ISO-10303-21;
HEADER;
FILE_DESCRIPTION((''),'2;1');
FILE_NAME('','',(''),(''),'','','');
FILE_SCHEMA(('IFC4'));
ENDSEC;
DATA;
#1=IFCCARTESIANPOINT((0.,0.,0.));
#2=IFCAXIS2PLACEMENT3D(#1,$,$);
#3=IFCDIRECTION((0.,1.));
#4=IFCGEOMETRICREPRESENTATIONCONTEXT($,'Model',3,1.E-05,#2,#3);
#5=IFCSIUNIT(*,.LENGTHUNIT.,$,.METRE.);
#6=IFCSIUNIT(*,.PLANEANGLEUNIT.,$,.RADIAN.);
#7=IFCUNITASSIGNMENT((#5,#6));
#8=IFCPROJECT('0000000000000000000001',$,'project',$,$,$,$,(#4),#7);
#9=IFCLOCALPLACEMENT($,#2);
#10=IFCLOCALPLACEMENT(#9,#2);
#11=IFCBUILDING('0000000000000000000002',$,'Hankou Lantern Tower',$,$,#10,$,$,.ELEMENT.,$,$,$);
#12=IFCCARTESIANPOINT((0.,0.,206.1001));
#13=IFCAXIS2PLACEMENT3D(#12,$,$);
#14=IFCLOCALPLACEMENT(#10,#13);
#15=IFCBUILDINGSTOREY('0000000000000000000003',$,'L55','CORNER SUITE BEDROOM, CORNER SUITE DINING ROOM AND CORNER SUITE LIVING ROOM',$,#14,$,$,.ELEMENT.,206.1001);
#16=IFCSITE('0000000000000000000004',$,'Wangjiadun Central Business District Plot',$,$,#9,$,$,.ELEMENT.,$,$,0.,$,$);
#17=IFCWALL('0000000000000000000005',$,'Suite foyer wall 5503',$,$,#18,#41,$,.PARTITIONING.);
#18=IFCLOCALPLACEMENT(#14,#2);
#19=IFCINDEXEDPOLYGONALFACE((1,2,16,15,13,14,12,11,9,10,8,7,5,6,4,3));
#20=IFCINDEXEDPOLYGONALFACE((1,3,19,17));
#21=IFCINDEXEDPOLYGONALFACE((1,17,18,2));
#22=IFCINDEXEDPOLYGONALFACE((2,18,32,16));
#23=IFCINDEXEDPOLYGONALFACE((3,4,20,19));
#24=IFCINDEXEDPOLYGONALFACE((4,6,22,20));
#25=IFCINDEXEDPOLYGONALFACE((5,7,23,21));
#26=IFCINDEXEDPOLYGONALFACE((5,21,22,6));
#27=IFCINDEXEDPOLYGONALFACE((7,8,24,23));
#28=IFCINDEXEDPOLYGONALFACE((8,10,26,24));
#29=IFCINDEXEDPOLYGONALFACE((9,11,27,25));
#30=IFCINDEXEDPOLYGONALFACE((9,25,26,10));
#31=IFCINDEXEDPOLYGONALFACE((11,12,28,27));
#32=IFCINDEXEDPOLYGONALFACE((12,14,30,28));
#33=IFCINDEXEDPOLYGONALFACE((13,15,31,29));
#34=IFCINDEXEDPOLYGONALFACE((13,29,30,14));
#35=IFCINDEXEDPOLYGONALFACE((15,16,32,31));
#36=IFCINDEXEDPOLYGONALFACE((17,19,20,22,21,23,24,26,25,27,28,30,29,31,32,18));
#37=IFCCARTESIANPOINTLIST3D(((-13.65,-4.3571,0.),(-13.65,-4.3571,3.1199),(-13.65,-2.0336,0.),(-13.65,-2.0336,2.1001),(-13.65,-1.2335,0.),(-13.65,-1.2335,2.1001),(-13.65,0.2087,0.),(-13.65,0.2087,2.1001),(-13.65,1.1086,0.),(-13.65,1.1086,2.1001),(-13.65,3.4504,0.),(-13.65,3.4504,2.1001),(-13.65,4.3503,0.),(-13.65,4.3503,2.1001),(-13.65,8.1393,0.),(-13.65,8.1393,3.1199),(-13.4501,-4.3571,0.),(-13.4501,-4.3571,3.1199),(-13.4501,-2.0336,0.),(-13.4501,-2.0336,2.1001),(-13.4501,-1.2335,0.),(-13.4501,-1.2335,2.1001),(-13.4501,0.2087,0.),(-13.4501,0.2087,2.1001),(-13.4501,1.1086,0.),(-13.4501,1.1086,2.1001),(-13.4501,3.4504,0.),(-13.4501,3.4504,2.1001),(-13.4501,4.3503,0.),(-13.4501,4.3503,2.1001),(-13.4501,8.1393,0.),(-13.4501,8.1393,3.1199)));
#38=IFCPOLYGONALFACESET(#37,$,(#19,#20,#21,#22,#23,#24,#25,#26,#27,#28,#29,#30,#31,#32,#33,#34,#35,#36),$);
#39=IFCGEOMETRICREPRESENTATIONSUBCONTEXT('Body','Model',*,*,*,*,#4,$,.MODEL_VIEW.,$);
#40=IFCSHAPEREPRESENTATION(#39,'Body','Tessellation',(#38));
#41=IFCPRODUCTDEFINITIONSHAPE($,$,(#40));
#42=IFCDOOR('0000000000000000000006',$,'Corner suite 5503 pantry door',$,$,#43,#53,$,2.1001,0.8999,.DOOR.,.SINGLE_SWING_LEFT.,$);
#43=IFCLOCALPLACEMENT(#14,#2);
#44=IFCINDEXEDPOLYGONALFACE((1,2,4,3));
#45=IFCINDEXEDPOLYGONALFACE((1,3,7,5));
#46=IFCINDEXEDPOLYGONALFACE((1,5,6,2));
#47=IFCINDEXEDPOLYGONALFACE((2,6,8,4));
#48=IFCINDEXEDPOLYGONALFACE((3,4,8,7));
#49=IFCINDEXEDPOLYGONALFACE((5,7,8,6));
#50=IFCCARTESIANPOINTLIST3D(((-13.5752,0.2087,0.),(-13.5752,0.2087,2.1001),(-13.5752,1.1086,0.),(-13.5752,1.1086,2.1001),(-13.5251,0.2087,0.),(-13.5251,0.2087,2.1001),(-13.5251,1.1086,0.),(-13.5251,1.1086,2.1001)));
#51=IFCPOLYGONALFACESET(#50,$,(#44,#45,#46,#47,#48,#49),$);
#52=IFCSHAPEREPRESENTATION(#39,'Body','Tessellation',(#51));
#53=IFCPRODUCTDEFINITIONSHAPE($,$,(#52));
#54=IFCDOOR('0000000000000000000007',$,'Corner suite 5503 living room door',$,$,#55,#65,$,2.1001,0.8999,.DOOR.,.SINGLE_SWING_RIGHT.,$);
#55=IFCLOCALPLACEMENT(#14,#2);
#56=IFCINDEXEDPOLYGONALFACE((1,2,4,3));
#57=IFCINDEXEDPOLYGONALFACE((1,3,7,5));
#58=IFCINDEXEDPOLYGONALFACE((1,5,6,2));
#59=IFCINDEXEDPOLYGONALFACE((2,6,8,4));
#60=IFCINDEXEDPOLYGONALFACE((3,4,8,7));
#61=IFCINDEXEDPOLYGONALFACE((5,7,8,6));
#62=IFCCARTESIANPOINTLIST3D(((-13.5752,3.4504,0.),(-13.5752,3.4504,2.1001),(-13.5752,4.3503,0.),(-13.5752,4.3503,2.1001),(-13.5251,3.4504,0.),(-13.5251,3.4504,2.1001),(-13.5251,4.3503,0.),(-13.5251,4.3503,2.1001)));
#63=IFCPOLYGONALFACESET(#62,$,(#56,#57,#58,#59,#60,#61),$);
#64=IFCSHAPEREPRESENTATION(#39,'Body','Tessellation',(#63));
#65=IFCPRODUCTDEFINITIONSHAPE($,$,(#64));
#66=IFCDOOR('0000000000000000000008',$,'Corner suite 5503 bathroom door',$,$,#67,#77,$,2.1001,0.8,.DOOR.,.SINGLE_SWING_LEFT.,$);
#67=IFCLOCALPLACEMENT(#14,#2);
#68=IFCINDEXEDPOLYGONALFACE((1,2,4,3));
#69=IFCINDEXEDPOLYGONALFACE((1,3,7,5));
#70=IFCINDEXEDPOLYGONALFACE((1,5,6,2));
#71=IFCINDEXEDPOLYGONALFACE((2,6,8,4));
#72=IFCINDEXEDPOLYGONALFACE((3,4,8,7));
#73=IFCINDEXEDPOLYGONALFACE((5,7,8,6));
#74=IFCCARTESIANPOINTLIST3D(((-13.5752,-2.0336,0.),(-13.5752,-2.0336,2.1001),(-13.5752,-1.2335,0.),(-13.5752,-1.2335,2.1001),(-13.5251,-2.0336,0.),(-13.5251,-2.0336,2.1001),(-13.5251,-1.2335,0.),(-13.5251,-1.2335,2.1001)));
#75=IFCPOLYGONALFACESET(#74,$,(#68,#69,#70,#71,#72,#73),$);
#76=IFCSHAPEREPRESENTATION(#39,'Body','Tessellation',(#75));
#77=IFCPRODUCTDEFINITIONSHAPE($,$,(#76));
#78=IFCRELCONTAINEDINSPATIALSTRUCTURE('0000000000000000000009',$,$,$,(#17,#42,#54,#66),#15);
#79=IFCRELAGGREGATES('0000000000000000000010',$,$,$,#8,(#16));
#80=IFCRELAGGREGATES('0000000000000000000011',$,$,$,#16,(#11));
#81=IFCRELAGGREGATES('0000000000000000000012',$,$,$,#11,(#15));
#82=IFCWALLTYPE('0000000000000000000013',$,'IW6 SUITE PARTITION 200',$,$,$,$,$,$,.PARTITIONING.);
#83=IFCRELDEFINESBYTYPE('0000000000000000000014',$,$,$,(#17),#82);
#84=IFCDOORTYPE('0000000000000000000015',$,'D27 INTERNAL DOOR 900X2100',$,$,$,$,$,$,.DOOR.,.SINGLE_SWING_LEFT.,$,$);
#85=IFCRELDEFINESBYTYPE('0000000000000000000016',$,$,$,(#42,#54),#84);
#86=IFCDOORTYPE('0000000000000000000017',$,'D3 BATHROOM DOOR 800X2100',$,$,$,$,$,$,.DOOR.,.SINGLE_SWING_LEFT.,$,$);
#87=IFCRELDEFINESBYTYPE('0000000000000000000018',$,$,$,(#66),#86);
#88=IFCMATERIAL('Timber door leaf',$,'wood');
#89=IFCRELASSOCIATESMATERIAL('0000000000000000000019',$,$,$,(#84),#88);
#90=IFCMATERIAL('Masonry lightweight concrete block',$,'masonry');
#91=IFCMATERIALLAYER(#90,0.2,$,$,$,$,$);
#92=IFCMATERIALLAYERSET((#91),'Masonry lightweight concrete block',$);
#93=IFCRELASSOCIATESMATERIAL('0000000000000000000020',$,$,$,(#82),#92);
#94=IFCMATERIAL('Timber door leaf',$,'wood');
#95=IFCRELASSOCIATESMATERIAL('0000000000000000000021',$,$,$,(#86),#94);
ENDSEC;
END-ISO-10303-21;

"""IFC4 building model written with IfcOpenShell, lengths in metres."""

from ifc_helpers import new_model, si_unit, direction, frame, frame_2d, origin, place, context, subcontext, project, spatial, rectangle, extrude, material, layer, layer_set, type_object, element, fill, save


model = new_model("IFC4")

# Units and contexts
model_context = context("Model", 3, precision=1e-05, world=origin(), true_north=direction((0.0, 1.0)))
body_context = subcontext(model_context, "Body", "Model", "MODEL_VIEW")
ifc_project = project(units=[si_unit("LENGTHUNIT", "METRE"), si_unit("PLANEANGLEUNIT", "RADIAN")], contexts=[model_context])

# Site, building, storey
site_placement = place(None, origin())
site = spatial("IfcSite", under=ifc_project, at=site_placement, Name="Wangjiadun Central Business District Plot", CompositionType="ELEMENT", RefElevation=0.0)
building_placement = place(site_placement, origin())
building = spatial("IfcBuilding", under=site, at=building_placement, Name="Hankou Lantern Tower", CompositionType="ELEMENT")
storey_placement = place(building_placement, frame((0.0, 0.0, 206.1001)))
storey = spatial("IfcBuildingStorey", under=building, at=storey_placement, Name="L55", Description="CORNER SUITE BEDROOM, CORNER SUITE DINING ROOM AND CORNER SUITE LIVING ROOM", CompositionType="ELEMENT", Elevation=206.1001)

# Shared definitions
ifc_material_1 = material(Name="Timber door leaf", Category="wood")
door_type_1 = type_object("IfcDoorType", Name="D27 INTERNAL DOOR 900X2100", OperationType="SINGLE_SWING_LEFT", PredefinedType="DOOR", material=ifc_material_1)

# Shared definitions
ifc_material_2 = material(Name="Masonry lightweight concrete block", Category="masonry")
ifc_layer_1 = layer(ifc_material_2, 0.2)
ifc_layer_set_1 = layer_set([ifc_layer_1], Name="Masonry lightweight concrete block")
wall_type_1 = type_object("IfcWallType", Name="IW6 SUITE PARTITION 200", PredefinedType="PARTITIONING", material=ifc_layer_set_1)

# Wall, openings, doors
wall_1_placement = place(storey_placement, frame((-13.55, 8.1392, 0.0), z_axis=(0.0, 0.0, 1.0), x_axis=(0.0, -1.0, 0.0)))
wall_1 = element("IfcWall", 1, at=wall_1_placement, inside=storey, type_object=wall_type_1, Name="Suite foyer wall 5503", PredefinedType="PARTITIONING", context=body_context, shape_type="SweptSolid", body=[
    extrude(rectangle(XDim=12.4963, YDim=0.2, at=frame_2d((6.248, 0.0))), origin(), (0.0, 0.0, 1.0), 3.1199),
])
opening_1_placement = place(wall_1_placement, frame((7.0305, 0.0, 0.0)))
opening_1 = element("IfcOpeningElement", 2, at=opening_1_placement, cuts=wall_1, PredefinedType="OPENING", context=body_context, shape_type="SweptSolid", body=[
    extrude(rectangle(XDim=0.8999, YDim=2.1001, at=frame_2d((0.45, 1.05))), frame((0.0, 0.1099, 0.0), z_axis=(0.0, -1.0, 0.0), x_axis=(1.0, 0.0, 0.0)), (0.0, 0.0, 1.0), 0.22),
])
opening_2_placement = place(wall_1_placement, frame((9.3728, 0.0, 0.0)))
opening_2 = element("IfcOpeningElement", 3, at=opening_2_placement, cuts=wall_1, PredefinedType="OPENING", context=body_context, shape_type="SweptSolid", body=[
    extrude(rectangle(XDim=0.8, YDim=2.1001, at=frame_2d((0.3999, 1.05))), frame((0.0, 0.1099, 0.0), z_axis=(0.0, -1.0, 0.0), x_axis=(1.0, 0.0, 0.0)), (0.0, 0.0, 1.0), 0.22),
])
opening_3_placement = place(wall_1_placement, frame((3.7888, 0.0, 0.0)))
opening_3 = element("IfcOpeningElement", 4, at=opening_3_placement, cuts=wall_1, PredefinedType="OPENING", context=body_context, shape_type="SweptSolid", body=[
    extrude(rectangle(XDim=0.8999, YDim=2.1001, at=frame_2d((0.45, 1.05))), frame((0.0, 0.1099, 0.0), z_axis=(0.0, -1.0, 0.0), x_axis=(1.0, 0.0, 0.0)), (0.0, 0.0, 1.0), 0.22),
])
door_1_placement = place(opening_1_placement, origin())
door_1 = element("IfcDoor", 5, at=door_1_placement, inside=storey, type_object=door_type_1, Name="Corner suite 5503 pantry door", OperationType="SINGLE_SWING_LEFT", OverallHeight=2.1001, OverallWidth=0.8999, PredefinedType="DOOR", context=body_context, shape_type="SweptSolid", body=[
    extrude(rectangle(XDim=0.8999, YDim=2.1001, at=frame_2d((0.45, 1.05))), frame((0.0, 0.0249, 0.0), z_axis=(0.0, -1.0, 0.0), x_axis=(1.0, 0.0, 0.0)), (0.0, 0.0, 1.0), 0.05),
])
fill(opening_1, door_1)
door_2_placement = place(opening_3_placement, origin())
door_2 = element("IfcDoor", 6, at=door_2_placement, inside=storey, type_object=door_type_1, Name="Corner suite 5503 living room door", OperationType="SINGLE_SWING_RIGHT", OverallHeight=2.1001, OverallWidth=0.8999, PredefinedType="DOOR", context=body_context, shape_type="SweptSolid", body=[
    extrude(rectangle(XDim=0.8999, YDim=2.1001, at=frame_2d((0.45, 1.05))), frame((0.0, 0.0249, 0.0), z_axis=(0.0, -1.0, 0.0), x_axis=(1.0, 0.0, 0.0)), (0.0, 0.0, 1.0), 0.05),
])
fill(opening_3, door_2)
ifc_material_3 = material(Name="Timber door leaf", Category="wood")
door_type_2 = type_object("IfcDoorType", Name="D3 BATHROOM DOOR 800X2100", OperationType="SINGLE_SWING_LEFT", PredefinedType="DOOR", material=ifc_material_3)
door_3_placement = place(opening_2_placement, origin())
door_3 = element("IfcDoor", 7, at=door_3_placement, inside=storey, type_object=door_type_2, Name="Corner suite 5503 bathroom door", OperationType="SINGLE_SWING_LEFT", OverallHeight=2.1001, OverallWidth=0.8, PredefinedType="DOOR", context=body_context, shape_type="SweptSolid", body=[
    extrude(rectangle(XDim=0.8, YDim=2.1001, at=frame_2d((0.3999, 1.05))), frame((0.0, 0.0249, 0.0), z_axis=(0.0, -1.0, 0.0), x_axis=(1.0, 0.0, 0.0)), (0.0, 0.0, 1.0), 0.05),
])
fill(opening_2, door_3)

save(model, "model.ifc")
